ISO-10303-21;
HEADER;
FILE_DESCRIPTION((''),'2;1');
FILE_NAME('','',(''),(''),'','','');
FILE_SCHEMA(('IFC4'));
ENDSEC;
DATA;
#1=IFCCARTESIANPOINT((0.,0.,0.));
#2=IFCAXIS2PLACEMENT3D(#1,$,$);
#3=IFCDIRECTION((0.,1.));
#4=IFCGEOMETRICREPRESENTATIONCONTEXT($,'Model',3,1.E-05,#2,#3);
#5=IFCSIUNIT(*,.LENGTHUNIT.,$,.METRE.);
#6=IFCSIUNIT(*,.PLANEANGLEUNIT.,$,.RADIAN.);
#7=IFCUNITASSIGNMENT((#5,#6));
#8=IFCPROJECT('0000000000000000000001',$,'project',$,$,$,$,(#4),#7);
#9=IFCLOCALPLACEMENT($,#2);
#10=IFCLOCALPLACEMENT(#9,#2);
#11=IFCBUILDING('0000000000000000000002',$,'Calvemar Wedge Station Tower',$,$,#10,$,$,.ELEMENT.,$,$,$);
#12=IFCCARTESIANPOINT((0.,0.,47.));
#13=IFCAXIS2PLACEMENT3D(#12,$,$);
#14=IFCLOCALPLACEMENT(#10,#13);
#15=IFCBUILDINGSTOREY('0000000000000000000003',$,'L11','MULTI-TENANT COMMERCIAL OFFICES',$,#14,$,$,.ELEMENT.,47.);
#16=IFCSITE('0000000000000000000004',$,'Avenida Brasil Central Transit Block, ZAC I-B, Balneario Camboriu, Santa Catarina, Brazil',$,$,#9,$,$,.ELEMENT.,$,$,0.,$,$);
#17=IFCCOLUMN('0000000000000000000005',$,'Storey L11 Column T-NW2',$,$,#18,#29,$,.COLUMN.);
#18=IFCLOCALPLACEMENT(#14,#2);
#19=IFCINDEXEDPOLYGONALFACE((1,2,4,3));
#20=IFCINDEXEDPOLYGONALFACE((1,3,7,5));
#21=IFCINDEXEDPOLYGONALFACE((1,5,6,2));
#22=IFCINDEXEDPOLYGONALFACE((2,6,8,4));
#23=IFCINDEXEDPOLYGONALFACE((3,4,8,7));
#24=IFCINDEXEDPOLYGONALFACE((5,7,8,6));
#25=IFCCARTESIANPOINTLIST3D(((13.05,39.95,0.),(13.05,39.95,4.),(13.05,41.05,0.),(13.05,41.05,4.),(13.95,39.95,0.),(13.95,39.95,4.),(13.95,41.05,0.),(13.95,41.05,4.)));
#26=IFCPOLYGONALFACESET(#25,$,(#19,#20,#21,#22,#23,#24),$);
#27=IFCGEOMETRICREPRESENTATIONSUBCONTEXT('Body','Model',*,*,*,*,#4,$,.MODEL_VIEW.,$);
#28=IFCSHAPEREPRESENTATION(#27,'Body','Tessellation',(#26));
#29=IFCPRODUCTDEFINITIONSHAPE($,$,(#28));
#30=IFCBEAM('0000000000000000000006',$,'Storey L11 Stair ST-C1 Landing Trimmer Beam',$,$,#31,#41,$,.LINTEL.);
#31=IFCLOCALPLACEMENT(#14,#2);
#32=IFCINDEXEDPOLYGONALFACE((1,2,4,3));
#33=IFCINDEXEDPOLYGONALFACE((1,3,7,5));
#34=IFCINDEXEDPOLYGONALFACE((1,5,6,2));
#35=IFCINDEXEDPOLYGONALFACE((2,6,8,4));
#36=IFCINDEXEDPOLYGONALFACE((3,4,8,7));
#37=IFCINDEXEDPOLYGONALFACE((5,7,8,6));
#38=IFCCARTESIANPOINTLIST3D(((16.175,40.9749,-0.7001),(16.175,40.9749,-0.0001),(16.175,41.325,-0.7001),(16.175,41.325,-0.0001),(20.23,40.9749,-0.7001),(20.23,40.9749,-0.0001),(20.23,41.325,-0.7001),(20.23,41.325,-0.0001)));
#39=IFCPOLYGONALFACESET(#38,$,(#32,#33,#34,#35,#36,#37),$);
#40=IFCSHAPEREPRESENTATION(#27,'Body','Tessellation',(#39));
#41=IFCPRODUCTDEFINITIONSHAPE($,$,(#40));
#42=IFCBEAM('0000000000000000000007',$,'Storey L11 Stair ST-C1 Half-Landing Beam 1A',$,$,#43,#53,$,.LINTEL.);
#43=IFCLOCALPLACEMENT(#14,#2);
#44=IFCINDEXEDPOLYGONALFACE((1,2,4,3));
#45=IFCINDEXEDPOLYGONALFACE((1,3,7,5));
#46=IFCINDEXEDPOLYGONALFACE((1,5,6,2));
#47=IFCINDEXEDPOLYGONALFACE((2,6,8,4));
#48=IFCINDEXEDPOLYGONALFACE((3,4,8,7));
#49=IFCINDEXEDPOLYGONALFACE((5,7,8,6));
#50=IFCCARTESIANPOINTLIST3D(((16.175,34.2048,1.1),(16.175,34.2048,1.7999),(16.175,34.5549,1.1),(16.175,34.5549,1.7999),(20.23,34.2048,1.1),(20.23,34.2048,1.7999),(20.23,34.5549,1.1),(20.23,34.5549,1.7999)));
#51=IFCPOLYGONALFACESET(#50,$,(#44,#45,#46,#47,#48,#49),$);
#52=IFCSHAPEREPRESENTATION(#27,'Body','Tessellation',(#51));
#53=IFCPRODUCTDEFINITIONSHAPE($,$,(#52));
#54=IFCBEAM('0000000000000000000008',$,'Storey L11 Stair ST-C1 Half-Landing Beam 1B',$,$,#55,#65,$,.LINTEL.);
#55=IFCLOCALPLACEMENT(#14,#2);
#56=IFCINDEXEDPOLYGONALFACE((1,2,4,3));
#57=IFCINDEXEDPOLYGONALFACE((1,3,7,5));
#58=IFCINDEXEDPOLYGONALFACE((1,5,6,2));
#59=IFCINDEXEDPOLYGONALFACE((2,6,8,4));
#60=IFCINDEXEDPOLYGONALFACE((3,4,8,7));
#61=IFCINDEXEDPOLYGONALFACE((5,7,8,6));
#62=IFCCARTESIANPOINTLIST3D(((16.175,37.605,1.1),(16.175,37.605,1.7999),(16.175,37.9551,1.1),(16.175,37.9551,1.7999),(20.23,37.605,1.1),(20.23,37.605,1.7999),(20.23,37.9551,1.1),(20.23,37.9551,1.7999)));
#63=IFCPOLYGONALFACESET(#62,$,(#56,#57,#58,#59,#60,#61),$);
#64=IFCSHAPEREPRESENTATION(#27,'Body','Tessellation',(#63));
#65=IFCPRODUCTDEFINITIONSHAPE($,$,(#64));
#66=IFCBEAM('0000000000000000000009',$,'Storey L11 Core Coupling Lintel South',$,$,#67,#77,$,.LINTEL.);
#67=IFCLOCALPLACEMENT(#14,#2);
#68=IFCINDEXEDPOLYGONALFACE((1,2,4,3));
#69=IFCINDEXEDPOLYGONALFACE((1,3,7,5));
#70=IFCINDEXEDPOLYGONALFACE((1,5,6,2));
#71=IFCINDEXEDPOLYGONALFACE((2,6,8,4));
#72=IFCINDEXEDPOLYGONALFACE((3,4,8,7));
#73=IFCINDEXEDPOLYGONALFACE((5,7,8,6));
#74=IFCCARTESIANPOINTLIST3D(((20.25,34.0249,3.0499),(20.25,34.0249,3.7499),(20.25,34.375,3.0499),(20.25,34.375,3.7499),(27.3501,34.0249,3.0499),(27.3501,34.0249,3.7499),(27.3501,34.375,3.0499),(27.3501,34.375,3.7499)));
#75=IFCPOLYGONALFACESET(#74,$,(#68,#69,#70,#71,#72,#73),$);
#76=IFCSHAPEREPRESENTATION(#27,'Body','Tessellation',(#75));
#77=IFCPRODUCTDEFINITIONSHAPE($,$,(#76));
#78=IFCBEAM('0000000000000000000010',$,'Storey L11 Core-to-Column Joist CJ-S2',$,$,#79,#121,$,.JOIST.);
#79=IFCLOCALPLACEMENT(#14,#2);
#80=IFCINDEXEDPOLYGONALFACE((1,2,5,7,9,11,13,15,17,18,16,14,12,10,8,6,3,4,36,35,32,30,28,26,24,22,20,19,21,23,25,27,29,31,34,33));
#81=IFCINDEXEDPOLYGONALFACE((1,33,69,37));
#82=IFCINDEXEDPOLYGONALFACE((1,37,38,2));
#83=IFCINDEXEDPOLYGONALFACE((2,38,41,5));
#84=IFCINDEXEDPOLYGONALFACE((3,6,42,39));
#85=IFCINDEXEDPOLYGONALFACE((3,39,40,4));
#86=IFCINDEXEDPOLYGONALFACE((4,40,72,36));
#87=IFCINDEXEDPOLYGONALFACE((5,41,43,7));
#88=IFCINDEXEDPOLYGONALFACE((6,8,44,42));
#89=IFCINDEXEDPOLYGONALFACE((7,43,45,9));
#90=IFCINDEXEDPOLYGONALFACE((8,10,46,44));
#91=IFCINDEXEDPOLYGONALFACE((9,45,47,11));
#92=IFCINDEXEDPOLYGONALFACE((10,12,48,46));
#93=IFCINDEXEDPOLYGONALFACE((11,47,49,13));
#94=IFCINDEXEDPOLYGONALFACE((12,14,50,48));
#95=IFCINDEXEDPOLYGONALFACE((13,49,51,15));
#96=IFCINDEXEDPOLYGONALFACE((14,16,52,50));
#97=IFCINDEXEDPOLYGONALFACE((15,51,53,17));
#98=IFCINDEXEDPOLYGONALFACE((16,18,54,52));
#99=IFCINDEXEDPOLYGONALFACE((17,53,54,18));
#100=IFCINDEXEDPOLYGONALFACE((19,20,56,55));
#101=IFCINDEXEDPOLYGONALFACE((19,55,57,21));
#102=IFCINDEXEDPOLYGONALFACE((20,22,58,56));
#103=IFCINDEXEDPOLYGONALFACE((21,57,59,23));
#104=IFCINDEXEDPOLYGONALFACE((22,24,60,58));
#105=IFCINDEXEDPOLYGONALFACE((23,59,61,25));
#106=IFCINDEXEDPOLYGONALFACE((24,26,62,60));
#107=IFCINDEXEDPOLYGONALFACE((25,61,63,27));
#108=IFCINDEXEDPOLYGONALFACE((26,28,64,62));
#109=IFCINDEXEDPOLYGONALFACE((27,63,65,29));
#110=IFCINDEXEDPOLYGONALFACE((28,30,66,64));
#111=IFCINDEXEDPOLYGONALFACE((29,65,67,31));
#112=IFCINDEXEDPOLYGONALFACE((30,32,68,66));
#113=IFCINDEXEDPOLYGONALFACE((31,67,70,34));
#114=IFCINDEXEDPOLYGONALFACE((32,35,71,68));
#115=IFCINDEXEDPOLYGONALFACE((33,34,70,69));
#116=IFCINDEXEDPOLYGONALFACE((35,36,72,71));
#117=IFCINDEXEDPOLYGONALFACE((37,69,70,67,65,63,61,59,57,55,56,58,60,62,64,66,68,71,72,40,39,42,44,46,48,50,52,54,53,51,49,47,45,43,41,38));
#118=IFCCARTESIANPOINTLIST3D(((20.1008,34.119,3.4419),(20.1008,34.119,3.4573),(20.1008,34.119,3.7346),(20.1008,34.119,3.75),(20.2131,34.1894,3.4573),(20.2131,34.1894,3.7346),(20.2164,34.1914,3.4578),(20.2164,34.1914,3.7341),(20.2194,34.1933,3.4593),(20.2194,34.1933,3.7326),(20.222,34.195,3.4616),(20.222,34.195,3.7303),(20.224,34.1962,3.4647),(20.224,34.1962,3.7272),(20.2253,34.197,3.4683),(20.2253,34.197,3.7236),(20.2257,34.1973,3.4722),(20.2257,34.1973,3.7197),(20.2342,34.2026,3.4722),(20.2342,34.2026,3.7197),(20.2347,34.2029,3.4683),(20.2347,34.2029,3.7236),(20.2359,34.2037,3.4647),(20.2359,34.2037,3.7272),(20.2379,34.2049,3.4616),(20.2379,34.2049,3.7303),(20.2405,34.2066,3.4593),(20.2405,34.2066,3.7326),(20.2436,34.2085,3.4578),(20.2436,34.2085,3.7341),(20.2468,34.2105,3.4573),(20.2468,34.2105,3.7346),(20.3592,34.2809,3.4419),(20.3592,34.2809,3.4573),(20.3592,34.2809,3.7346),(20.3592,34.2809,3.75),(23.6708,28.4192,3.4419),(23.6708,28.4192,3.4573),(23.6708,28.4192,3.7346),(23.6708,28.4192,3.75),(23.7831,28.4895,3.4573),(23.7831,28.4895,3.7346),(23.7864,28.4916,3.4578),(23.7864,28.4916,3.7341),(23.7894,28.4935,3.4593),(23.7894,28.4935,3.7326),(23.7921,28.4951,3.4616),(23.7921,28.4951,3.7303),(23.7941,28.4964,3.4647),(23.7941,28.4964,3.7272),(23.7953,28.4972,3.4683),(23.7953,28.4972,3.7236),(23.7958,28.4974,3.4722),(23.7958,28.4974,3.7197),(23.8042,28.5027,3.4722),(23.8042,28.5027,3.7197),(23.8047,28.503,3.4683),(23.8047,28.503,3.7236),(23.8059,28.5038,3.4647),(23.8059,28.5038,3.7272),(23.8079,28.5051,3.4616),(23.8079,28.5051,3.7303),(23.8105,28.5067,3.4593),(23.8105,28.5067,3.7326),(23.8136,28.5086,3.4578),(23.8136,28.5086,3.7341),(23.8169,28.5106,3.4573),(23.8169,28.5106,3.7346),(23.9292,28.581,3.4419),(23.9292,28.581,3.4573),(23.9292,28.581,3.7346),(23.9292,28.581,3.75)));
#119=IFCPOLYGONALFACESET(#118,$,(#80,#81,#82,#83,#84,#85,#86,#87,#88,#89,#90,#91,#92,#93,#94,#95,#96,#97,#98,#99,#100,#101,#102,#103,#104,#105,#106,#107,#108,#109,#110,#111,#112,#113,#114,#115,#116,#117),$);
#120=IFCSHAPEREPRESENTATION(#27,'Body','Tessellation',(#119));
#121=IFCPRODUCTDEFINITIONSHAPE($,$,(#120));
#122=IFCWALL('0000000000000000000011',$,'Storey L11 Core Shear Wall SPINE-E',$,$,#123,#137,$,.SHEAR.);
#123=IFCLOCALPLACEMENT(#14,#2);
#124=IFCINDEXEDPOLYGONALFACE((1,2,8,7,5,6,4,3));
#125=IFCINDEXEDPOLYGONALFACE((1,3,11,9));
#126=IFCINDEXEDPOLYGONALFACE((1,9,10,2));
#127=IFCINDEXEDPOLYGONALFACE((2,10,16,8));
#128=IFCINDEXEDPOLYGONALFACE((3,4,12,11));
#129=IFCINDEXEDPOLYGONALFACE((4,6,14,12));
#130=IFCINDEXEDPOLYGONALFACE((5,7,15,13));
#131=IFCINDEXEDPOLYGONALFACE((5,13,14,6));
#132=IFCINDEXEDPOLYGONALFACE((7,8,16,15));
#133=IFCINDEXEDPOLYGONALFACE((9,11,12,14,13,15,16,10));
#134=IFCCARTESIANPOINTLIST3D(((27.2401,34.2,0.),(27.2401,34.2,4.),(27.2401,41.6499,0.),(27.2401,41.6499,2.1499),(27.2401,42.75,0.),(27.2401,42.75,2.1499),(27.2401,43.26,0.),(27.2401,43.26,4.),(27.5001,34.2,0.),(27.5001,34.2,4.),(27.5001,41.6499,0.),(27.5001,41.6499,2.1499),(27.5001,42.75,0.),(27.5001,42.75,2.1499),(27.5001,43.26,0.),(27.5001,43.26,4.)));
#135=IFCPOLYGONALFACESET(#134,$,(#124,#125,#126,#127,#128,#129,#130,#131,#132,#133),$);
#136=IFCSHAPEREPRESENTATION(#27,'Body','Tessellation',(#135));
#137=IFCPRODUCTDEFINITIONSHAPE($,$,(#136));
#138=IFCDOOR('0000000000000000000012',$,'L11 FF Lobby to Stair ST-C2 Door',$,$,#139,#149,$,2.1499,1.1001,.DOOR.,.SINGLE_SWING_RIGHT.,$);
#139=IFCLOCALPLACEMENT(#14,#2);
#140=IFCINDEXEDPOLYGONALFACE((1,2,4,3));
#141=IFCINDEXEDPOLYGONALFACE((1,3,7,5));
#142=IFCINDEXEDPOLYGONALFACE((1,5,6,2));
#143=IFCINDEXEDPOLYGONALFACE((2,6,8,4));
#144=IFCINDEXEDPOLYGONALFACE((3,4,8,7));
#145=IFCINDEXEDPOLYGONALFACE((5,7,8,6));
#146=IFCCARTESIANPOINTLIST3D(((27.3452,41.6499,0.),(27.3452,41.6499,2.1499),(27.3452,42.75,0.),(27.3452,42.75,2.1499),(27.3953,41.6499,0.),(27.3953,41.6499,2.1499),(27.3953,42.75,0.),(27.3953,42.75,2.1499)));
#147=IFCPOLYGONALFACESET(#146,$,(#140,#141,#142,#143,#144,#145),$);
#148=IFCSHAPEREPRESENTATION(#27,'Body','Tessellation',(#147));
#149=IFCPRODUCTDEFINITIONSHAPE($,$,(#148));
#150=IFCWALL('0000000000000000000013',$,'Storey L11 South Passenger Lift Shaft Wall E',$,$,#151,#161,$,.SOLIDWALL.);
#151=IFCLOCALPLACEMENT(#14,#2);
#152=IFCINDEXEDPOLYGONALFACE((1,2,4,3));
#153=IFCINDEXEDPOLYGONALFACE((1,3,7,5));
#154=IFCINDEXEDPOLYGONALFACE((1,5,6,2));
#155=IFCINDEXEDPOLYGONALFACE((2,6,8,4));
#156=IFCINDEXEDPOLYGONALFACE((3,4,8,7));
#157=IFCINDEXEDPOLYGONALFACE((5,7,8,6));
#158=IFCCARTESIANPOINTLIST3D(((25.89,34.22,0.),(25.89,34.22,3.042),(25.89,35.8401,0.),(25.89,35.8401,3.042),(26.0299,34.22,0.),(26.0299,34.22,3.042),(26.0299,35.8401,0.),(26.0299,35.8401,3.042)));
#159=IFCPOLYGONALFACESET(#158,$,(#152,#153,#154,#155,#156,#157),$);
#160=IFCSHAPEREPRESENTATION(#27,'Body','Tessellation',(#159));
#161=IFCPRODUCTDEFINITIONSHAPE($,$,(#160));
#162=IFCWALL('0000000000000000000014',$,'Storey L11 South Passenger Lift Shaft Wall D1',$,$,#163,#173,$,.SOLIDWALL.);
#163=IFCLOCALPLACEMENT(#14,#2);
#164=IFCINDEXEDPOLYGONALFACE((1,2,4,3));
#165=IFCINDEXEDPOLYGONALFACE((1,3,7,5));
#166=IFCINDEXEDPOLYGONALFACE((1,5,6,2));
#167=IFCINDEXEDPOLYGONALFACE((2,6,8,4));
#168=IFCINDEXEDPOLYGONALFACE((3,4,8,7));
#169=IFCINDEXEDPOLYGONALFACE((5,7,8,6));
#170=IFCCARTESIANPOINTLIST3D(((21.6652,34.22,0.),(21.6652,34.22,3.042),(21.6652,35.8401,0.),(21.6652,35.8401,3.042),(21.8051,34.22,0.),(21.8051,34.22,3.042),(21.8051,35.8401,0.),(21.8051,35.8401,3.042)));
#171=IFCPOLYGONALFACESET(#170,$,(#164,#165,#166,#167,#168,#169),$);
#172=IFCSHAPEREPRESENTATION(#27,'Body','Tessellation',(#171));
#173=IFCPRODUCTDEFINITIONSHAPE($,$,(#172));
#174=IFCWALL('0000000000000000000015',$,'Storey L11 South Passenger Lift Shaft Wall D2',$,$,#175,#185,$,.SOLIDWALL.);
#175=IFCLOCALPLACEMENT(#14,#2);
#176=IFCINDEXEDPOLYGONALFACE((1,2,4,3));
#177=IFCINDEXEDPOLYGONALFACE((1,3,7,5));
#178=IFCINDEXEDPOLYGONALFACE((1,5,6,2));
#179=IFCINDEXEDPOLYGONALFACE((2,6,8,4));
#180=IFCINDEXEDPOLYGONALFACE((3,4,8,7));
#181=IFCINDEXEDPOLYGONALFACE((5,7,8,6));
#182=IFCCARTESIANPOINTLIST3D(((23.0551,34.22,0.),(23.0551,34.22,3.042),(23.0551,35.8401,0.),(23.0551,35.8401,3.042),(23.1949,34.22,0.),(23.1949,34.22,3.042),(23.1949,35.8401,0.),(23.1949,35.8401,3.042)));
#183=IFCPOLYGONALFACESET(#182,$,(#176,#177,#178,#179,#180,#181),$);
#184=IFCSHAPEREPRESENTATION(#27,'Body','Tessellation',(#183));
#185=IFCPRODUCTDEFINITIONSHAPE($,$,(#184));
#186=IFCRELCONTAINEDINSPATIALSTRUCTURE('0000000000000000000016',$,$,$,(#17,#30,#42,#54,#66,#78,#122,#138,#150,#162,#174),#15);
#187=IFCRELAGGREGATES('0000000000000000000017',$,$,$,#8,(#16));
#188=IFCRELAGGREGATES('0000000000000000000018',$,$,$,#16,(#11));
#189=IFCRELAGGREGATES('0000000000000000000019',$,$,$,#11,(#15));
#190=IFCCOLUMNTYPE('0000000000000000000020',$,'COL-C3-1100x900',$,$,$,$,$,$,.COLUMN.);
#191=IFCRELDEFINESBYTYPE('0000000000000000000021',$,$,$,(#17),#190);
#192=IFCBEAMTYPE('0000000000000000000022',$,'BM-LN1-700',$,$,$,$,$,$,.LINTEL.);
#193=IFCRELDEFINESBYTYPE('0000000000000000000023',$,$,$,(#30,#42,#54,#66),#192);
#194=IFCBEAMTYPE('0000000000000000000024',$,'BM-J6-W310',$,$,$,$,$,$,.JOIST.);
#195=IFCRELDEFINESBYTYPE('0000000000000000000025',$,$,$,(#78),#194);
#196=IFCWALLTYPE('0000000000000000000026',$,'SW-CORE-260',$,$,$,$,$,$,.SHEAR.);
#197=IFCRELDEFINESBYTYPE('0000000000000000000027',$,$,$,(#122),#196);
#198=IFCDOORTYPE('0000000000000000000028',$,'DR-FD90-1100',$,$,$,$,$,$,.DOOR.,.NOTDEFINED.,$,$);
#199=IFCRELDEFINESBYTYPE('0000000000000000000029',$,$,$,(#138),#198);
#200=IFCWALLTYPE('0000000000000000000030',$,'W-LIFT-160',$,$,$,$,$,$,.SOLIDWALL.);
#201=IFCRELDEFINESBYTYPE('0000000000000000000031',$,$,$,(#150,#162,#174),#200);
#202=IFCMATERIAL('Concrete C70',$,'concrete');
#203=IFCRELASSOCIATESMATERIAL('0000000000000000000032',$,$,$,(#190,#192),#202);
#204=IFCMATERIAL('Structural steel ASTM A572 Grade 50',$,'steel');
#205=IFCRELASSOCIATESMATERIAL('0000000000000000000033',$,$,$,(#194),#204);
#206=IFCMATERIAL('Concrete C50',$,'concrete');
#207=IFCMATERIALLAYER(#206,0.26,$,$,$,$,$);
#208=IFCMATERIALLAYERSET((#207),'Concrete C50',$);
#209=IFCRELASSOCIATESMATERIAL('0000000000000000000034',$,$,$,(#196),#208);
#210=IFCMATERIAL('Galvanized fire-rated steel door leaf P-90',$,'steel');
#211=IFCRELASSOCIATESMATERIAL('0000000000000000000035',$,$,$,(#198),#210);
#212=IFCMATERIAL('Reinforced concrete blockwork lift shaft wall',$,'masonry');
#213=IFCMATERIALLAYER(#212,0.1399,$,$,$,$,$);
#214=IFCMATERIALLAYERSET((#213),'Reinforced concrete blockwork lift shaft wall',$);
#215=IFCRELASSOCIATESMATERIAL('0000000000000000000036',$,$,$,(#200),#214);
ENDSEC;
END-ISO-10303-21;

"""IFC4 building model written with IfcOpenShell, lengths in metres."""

from ifc_helpers import new_model, si_unit, direction, frame, frame_2d, origin, origin_2d, place, context, subcontext, project, spatial, rectangle, i_section, extrude, source, transform, mapped, material, layer, layer_set, material_profile, profile_set, type_object, element, fill, save


model = new_model("IFC4")

# Units and contexts
model_context = context("Model", 3, precision=1e-05, world=origin(), true_north=direction((0.0, 1.0)))
body_context = subcontext(model_context, "Body", "Model", "MODEL_VIEW")
ifc_project = project(units=[si_unit("LENGTHUNIT", "METRE"), si_unit("PLANEANGLEUNIT", "RADIAN")], contexts=[model_context])

# Site, building, storey
site_placement = place(None, origin())
site = spatial("IfcSite", under=ifc_project, at=site_placement, Name="Avenida Brasil Central Transit Block, ZAC I-B, Balneario Camboriu, Santa Catarina, Brazil", CompositionType="ELEMENT", RefElevation=0.0)
building_placement = place(site_placement, origin())
building = spatial("IfcBuilding", under=site, at=building_placement, Name="Calvemar Wedge Station Tower", CompositionType="ELEMENT")
storey_placement = place(building_placement, frame((0.0, 0.0, 47.0)))
storey = spatial("IfcBuildingStorey", under=building, at=storey_placement, Name="L11", Description="MULTI-TENANT COMMERCIAL OFFICES", CompositionType="ELEMENT", Elevation=47.0)

# Column
ifc_material_1 = material(Name="Concrete C70", Category="concrete")
ifc_material_profile_1 = material_profile(ifc_material_1, rectangle(XDim=0.8999, YDim=1.1001, at=origin_2d()), Name="RC1100x900")
ifc_profile_set_1 = profile_set([ifc_material_profile_1], Name="Concrete C70")
column_type = type_object("IfcColumnType", Name="COL-C3-1100x900", PredefinedType="COLUMN", material=ifc_profile_set_1)
shared_shape_1 = source(origin(), body_context, "Body", "SweptSolid", [
    extrude(rectangle(XDim=0.8999, YDim=1.1001, at=origin_2d()), origin(), (0.0, 0.0, 1.0), 4.0),
])
column_placement = place(storey_placement, frame((13.5, 40.5, 0.0), z_axis=(0.0, 0.0, 1.0), x_axis=(1.0, 0.0, 0.0)))
element("IfcColumn", 1, at=column_placement, inside=storey, type_object=column_type, Name="Storey L11 Column T-NW2", PredefinedType="COLUMN", context=body_context, shape_type="MappedRepresentation", body=[
    mapped(shared_shape_1, transform((0.0, 0.0, 0.0), scale=1.0)),
])

# Beams
ifc_material_profile_2 = material_profile(ifc_material_1, rectangle(XDim=0.3501, YDim=0.7, at=origin_2d()), Name="RC350x700")
ifc_profile_set_2 = profile_set([ifc_material_profile_2], Name="Concrete C70")
beam_type_1 = type_object("IfcBeamType", Name="BM-LN1-700", PredefinedType="LINTEL", material=ifc_profile_set_2)
shared_shape_2 = source(origin(), body_context, "Body", "SweptSolid", [
    extrude(rectangle(XDim=0.3501, YDim=0.7, at=origin_2d()), origin(), (0.0, 0.0, 1.0), 4.0549),
])
for number, where, z_axis, x_axis, name in (
    (2, (16.175, 41.1499, -0.3501), (1.0, 0.0, 0.0), (0.0, 1.0, 0.0), "Storey L11 Stair ST-C1 Landing Trimmer Beam"),
    (3, (16.175, 34.3799, 1.45), (1.0, 0.0, 0.0), (0.0, 1.0, 0.0), "Storey L11 Stair ST-C1 Half-Landing Beam 1A"),
    (4, (16.175, 37.78, 1.45), (1.0, 0.0, 0.0), (0.0, 1.0, 0.0), "Storey L11 Stair ST-C1 Half-Landing Beam 1B"),
):
    element("IfcBeam", number, at=place(storey_placement, frame(where, z_axis=z_axis, x_axis=x_axis)), inside=storey, type_object=beam_type_1, Name=name, PredefinedType="LINTEL", context=body_context, shape_type="MappedRepresentation", body=[
        mapped(shared_shape_2, transform((0.0, 0.0, 0.0), scale=1.0)),
    ])
shared_shape_3 = source(origin(), body_context, "Body", "SweptSolid", [
    extrude(rectangle(XDim=0.3501, YDim=0.7, at=origin_2d()), origin(), (0.0, 0.0, 1.0), 7.1001),
])
beam_1_placement = place(storey_placement, frame((20.25, 34.2, 3.3999), z_axis=(1.0, 0.0, 0.0), x_axis=(0.0, 1.0, 0.0)))
element("IfcBeam", 5, at=beam_1_placement, inside=storey, type_object=beam_type_1, Name="Storey L11 Core Coupling Lintel South", PredefinedType="LINTEL", context=body_context, shape_type="MappedRepresentation", body=[
    mapped(shared_shape_3, transform((0.0, 0.0, 0.0), scale=1.0)),
])
ifc_material_2 = material(Name="Structural steel ASTM A572 Grade 50", Category="steel")
ifc_material_profile_3 = material_profile(ifc_material_2, i_section(OverallWidth=0.3049, OverallDepth=0.3081, WebThickness=0.01, FlangeThickness=0.0154, FilletRadius=0.0149, at=origin_2d()), Name="W310x97")
ifc_profile_set_3 = profile_set([ifc_material_profile_3], Name="Structural steel ASTM A572 Grade 50")
beam_type_2 = type_object("IfcBeamType", Name="BM-J6-W310", PredefinedType="JOIST", material=ifc_profile_set_3)
shared_shape_4 = source(origin(), body_context, "Body", "SweptSolid", [
    extrude(i_section(OverallWidth=0.3049, OverallDepth=0.3081, WebThickness=0.01, FlangeThickness=0.0154, FilletRadius=0.0149, at=origin_2d()), origin(), (0.0, 0.0, 1.0), 6.7256),
])
beam_2_placement = place(storey_placement, frame((20.23, 34.2, 3.5959), z_axis=(0.530811, -0.84749, 0.0), x_axis=(0.84749, 0.530811, 0.0)))
element("IfcBeam", 6, at=beam_2_placement, inside=storey, type_object=beam_type_2, Name="Storey L11 Core-to-Column Joist CJ-S2", PredefinedType="JOIST", context=body_context, shape_type="MappedRepresentation", body=[
    mapped(shared_shape_4, transform((0.0, 0.0, 0.0), scale=1.0)),
])

# Wall, opening, door
ifc_material_3 = material(Name="Concrete C50", Category="concrete")
ifc_layer_1 = layer(ifc_material_3, 0.26)
ifc_layer_set_1 = layer_set([ifc_layer_1], Name="Concrete C50")
wall_type_1 = type_object("IfcWallType", Name="SW-CORE-260", PredefinedType="SHEAR", material=ifc_layer_set_1)
wall_1_placement = place(storey_placement, frame((27.3701, 34.2, 0.0), z_axis=(0.0, 0.0, 1.0), x_axis=(0.0, 1.0, 0.0)))
wall_1 = element("IfcWall", 7, at=wall_1_placement, inside=storey, type_object=wall_type_1, Name="Storey L11 Core Shear Wall SPINE-E", PredefinedType="SHEAR", context=body_context, shape_type="SweptSolid", body=[
    extrude(rectangle(XDim=9.0601, YDim=0.26, at=frame_2d((4.53, 0.0))), origin(), (0.0, 0.0, 1.0), 4.0),
])
shared_shape_5 = source(origin(), body_context, "Body", "SweptSolid", [
    extrude(rectangle(XDim=1.1001, YDim=2.1499, at=frame_2d((0.55, 1.075))), frame((0.0, 0.1401, 0.0), z_axis=(0.0, -1.0, 0.0), x_axis=(1.0, 0.0, 0.0)), (0.0, 0.0, 1.0), 0.28),
])
opening_1_placement = place(wall_1_placement, frame((7.45, 0.0, 0.0)))
opening_1 = element("IfcOpeningElement", 8, at=opening_1_placement, cuts=wall_1, PredefinedType="OPENING", context=body_context, shape_type="MappedRepresentation", body=[
    mapped(shared_shape_5, transform((0.0, 0.0, 0.0), scale=1.0)),
])
ifc_material_4 = material(Name="Galvanized fire-rated steel door leaf P-90", Category="steel")
door_type_1 = type_object("IfcDoorType", Name="DR-FD90-1100", OperationType="NOTDEFINED", PredefinedType="DOOR", material=ifc_material_4)
shared_shape_6 = source(origin(), body_context, "Body", "SweptSolid", [
    extrude(rectangle(XDim=1.1001, YDim=2.1499, at=frame_2d((0.55, 1.075))), frame((0.0, 0.0249, 0.0), z_axis=(0.0, -1.0, 0.0), x_axis=(1.0, 0.0, 0.0)), (0.0, 0.0, 1.0), 0.05),
])
door_1_placement = place(opening_1_placement, origin())
door_1 = element("IfcDoor", 9, at=door_1_placement, inside=storey, type_object=door_type_1, Name="L11 FF Lobby to Stair ST-C2 Door", OperationType="SINGLE_SWING_RIGHT", OverallHeight=2.1499, OverallWidth=1.1001, PredefinedType="DOOR", context=body_context, shape_type="MappedRepresentation", body=[
    mapped(shared_shape_6, transform((0.0, 0.0, 0.0), scale=1.0)),
])
fill(opening_1, door_1)

# Shared definitions
ifc_material_5 = material(Name="Reinforced concrete blockwork lift shaft wall", Category="masonry")
ifc_layer_2 = layer(ifc_material_5, 0.1399)
ifc_layer_set_2 = layer_set([ifc_layer_2], Name="Reinforced concrete blockwork lift shaft wall")
wall_type_2 = type_object("IfcWallType", Name="W-LIFT-160", PredefinedType="SOLIDWALL", material=ifc_layer_set_2)

# Walls
for number, where, z_axis, x_axis, name in (
    (10, (25.96, 34.22, 0.0), (0.0, 0.0, 1.0), (0.0, 1.0, 0.0), "Storey L11 South Passenger Lift Shaft Wall E"),
    (11, (21.7351, 34.22, 0.0), (0.0, 0.0, 1.0), (0.0, 1.0, 0.0), "Storey L11 South Passenger Lift Shaft Wall D1"),
    (12, (23.125, 34.22, 0.0), (0.0, 0.0, 1.0), (0.0, 1.0, 0.0), "Storey L11 South Passenger Lift Shaft Wall D2"),
):
    element("IfcWall", number, at=place(storey_placement, frame(where, z_axis=z_axis, x_axis=x_axis)), inside=storey, type_object=wall_type_2, Name=name, PredefinedType="SOLIDWALL", context=body_context, shape_type="SweptSolid", body=[
        extrude(rectangle(XDim=1.6201, YDim=0.1399, at=frame_2d((0.8101, 0.0))), origin(), (0.0, 0.0, 1.0), 3.042),
    ])

save(model, "model.ifc")
